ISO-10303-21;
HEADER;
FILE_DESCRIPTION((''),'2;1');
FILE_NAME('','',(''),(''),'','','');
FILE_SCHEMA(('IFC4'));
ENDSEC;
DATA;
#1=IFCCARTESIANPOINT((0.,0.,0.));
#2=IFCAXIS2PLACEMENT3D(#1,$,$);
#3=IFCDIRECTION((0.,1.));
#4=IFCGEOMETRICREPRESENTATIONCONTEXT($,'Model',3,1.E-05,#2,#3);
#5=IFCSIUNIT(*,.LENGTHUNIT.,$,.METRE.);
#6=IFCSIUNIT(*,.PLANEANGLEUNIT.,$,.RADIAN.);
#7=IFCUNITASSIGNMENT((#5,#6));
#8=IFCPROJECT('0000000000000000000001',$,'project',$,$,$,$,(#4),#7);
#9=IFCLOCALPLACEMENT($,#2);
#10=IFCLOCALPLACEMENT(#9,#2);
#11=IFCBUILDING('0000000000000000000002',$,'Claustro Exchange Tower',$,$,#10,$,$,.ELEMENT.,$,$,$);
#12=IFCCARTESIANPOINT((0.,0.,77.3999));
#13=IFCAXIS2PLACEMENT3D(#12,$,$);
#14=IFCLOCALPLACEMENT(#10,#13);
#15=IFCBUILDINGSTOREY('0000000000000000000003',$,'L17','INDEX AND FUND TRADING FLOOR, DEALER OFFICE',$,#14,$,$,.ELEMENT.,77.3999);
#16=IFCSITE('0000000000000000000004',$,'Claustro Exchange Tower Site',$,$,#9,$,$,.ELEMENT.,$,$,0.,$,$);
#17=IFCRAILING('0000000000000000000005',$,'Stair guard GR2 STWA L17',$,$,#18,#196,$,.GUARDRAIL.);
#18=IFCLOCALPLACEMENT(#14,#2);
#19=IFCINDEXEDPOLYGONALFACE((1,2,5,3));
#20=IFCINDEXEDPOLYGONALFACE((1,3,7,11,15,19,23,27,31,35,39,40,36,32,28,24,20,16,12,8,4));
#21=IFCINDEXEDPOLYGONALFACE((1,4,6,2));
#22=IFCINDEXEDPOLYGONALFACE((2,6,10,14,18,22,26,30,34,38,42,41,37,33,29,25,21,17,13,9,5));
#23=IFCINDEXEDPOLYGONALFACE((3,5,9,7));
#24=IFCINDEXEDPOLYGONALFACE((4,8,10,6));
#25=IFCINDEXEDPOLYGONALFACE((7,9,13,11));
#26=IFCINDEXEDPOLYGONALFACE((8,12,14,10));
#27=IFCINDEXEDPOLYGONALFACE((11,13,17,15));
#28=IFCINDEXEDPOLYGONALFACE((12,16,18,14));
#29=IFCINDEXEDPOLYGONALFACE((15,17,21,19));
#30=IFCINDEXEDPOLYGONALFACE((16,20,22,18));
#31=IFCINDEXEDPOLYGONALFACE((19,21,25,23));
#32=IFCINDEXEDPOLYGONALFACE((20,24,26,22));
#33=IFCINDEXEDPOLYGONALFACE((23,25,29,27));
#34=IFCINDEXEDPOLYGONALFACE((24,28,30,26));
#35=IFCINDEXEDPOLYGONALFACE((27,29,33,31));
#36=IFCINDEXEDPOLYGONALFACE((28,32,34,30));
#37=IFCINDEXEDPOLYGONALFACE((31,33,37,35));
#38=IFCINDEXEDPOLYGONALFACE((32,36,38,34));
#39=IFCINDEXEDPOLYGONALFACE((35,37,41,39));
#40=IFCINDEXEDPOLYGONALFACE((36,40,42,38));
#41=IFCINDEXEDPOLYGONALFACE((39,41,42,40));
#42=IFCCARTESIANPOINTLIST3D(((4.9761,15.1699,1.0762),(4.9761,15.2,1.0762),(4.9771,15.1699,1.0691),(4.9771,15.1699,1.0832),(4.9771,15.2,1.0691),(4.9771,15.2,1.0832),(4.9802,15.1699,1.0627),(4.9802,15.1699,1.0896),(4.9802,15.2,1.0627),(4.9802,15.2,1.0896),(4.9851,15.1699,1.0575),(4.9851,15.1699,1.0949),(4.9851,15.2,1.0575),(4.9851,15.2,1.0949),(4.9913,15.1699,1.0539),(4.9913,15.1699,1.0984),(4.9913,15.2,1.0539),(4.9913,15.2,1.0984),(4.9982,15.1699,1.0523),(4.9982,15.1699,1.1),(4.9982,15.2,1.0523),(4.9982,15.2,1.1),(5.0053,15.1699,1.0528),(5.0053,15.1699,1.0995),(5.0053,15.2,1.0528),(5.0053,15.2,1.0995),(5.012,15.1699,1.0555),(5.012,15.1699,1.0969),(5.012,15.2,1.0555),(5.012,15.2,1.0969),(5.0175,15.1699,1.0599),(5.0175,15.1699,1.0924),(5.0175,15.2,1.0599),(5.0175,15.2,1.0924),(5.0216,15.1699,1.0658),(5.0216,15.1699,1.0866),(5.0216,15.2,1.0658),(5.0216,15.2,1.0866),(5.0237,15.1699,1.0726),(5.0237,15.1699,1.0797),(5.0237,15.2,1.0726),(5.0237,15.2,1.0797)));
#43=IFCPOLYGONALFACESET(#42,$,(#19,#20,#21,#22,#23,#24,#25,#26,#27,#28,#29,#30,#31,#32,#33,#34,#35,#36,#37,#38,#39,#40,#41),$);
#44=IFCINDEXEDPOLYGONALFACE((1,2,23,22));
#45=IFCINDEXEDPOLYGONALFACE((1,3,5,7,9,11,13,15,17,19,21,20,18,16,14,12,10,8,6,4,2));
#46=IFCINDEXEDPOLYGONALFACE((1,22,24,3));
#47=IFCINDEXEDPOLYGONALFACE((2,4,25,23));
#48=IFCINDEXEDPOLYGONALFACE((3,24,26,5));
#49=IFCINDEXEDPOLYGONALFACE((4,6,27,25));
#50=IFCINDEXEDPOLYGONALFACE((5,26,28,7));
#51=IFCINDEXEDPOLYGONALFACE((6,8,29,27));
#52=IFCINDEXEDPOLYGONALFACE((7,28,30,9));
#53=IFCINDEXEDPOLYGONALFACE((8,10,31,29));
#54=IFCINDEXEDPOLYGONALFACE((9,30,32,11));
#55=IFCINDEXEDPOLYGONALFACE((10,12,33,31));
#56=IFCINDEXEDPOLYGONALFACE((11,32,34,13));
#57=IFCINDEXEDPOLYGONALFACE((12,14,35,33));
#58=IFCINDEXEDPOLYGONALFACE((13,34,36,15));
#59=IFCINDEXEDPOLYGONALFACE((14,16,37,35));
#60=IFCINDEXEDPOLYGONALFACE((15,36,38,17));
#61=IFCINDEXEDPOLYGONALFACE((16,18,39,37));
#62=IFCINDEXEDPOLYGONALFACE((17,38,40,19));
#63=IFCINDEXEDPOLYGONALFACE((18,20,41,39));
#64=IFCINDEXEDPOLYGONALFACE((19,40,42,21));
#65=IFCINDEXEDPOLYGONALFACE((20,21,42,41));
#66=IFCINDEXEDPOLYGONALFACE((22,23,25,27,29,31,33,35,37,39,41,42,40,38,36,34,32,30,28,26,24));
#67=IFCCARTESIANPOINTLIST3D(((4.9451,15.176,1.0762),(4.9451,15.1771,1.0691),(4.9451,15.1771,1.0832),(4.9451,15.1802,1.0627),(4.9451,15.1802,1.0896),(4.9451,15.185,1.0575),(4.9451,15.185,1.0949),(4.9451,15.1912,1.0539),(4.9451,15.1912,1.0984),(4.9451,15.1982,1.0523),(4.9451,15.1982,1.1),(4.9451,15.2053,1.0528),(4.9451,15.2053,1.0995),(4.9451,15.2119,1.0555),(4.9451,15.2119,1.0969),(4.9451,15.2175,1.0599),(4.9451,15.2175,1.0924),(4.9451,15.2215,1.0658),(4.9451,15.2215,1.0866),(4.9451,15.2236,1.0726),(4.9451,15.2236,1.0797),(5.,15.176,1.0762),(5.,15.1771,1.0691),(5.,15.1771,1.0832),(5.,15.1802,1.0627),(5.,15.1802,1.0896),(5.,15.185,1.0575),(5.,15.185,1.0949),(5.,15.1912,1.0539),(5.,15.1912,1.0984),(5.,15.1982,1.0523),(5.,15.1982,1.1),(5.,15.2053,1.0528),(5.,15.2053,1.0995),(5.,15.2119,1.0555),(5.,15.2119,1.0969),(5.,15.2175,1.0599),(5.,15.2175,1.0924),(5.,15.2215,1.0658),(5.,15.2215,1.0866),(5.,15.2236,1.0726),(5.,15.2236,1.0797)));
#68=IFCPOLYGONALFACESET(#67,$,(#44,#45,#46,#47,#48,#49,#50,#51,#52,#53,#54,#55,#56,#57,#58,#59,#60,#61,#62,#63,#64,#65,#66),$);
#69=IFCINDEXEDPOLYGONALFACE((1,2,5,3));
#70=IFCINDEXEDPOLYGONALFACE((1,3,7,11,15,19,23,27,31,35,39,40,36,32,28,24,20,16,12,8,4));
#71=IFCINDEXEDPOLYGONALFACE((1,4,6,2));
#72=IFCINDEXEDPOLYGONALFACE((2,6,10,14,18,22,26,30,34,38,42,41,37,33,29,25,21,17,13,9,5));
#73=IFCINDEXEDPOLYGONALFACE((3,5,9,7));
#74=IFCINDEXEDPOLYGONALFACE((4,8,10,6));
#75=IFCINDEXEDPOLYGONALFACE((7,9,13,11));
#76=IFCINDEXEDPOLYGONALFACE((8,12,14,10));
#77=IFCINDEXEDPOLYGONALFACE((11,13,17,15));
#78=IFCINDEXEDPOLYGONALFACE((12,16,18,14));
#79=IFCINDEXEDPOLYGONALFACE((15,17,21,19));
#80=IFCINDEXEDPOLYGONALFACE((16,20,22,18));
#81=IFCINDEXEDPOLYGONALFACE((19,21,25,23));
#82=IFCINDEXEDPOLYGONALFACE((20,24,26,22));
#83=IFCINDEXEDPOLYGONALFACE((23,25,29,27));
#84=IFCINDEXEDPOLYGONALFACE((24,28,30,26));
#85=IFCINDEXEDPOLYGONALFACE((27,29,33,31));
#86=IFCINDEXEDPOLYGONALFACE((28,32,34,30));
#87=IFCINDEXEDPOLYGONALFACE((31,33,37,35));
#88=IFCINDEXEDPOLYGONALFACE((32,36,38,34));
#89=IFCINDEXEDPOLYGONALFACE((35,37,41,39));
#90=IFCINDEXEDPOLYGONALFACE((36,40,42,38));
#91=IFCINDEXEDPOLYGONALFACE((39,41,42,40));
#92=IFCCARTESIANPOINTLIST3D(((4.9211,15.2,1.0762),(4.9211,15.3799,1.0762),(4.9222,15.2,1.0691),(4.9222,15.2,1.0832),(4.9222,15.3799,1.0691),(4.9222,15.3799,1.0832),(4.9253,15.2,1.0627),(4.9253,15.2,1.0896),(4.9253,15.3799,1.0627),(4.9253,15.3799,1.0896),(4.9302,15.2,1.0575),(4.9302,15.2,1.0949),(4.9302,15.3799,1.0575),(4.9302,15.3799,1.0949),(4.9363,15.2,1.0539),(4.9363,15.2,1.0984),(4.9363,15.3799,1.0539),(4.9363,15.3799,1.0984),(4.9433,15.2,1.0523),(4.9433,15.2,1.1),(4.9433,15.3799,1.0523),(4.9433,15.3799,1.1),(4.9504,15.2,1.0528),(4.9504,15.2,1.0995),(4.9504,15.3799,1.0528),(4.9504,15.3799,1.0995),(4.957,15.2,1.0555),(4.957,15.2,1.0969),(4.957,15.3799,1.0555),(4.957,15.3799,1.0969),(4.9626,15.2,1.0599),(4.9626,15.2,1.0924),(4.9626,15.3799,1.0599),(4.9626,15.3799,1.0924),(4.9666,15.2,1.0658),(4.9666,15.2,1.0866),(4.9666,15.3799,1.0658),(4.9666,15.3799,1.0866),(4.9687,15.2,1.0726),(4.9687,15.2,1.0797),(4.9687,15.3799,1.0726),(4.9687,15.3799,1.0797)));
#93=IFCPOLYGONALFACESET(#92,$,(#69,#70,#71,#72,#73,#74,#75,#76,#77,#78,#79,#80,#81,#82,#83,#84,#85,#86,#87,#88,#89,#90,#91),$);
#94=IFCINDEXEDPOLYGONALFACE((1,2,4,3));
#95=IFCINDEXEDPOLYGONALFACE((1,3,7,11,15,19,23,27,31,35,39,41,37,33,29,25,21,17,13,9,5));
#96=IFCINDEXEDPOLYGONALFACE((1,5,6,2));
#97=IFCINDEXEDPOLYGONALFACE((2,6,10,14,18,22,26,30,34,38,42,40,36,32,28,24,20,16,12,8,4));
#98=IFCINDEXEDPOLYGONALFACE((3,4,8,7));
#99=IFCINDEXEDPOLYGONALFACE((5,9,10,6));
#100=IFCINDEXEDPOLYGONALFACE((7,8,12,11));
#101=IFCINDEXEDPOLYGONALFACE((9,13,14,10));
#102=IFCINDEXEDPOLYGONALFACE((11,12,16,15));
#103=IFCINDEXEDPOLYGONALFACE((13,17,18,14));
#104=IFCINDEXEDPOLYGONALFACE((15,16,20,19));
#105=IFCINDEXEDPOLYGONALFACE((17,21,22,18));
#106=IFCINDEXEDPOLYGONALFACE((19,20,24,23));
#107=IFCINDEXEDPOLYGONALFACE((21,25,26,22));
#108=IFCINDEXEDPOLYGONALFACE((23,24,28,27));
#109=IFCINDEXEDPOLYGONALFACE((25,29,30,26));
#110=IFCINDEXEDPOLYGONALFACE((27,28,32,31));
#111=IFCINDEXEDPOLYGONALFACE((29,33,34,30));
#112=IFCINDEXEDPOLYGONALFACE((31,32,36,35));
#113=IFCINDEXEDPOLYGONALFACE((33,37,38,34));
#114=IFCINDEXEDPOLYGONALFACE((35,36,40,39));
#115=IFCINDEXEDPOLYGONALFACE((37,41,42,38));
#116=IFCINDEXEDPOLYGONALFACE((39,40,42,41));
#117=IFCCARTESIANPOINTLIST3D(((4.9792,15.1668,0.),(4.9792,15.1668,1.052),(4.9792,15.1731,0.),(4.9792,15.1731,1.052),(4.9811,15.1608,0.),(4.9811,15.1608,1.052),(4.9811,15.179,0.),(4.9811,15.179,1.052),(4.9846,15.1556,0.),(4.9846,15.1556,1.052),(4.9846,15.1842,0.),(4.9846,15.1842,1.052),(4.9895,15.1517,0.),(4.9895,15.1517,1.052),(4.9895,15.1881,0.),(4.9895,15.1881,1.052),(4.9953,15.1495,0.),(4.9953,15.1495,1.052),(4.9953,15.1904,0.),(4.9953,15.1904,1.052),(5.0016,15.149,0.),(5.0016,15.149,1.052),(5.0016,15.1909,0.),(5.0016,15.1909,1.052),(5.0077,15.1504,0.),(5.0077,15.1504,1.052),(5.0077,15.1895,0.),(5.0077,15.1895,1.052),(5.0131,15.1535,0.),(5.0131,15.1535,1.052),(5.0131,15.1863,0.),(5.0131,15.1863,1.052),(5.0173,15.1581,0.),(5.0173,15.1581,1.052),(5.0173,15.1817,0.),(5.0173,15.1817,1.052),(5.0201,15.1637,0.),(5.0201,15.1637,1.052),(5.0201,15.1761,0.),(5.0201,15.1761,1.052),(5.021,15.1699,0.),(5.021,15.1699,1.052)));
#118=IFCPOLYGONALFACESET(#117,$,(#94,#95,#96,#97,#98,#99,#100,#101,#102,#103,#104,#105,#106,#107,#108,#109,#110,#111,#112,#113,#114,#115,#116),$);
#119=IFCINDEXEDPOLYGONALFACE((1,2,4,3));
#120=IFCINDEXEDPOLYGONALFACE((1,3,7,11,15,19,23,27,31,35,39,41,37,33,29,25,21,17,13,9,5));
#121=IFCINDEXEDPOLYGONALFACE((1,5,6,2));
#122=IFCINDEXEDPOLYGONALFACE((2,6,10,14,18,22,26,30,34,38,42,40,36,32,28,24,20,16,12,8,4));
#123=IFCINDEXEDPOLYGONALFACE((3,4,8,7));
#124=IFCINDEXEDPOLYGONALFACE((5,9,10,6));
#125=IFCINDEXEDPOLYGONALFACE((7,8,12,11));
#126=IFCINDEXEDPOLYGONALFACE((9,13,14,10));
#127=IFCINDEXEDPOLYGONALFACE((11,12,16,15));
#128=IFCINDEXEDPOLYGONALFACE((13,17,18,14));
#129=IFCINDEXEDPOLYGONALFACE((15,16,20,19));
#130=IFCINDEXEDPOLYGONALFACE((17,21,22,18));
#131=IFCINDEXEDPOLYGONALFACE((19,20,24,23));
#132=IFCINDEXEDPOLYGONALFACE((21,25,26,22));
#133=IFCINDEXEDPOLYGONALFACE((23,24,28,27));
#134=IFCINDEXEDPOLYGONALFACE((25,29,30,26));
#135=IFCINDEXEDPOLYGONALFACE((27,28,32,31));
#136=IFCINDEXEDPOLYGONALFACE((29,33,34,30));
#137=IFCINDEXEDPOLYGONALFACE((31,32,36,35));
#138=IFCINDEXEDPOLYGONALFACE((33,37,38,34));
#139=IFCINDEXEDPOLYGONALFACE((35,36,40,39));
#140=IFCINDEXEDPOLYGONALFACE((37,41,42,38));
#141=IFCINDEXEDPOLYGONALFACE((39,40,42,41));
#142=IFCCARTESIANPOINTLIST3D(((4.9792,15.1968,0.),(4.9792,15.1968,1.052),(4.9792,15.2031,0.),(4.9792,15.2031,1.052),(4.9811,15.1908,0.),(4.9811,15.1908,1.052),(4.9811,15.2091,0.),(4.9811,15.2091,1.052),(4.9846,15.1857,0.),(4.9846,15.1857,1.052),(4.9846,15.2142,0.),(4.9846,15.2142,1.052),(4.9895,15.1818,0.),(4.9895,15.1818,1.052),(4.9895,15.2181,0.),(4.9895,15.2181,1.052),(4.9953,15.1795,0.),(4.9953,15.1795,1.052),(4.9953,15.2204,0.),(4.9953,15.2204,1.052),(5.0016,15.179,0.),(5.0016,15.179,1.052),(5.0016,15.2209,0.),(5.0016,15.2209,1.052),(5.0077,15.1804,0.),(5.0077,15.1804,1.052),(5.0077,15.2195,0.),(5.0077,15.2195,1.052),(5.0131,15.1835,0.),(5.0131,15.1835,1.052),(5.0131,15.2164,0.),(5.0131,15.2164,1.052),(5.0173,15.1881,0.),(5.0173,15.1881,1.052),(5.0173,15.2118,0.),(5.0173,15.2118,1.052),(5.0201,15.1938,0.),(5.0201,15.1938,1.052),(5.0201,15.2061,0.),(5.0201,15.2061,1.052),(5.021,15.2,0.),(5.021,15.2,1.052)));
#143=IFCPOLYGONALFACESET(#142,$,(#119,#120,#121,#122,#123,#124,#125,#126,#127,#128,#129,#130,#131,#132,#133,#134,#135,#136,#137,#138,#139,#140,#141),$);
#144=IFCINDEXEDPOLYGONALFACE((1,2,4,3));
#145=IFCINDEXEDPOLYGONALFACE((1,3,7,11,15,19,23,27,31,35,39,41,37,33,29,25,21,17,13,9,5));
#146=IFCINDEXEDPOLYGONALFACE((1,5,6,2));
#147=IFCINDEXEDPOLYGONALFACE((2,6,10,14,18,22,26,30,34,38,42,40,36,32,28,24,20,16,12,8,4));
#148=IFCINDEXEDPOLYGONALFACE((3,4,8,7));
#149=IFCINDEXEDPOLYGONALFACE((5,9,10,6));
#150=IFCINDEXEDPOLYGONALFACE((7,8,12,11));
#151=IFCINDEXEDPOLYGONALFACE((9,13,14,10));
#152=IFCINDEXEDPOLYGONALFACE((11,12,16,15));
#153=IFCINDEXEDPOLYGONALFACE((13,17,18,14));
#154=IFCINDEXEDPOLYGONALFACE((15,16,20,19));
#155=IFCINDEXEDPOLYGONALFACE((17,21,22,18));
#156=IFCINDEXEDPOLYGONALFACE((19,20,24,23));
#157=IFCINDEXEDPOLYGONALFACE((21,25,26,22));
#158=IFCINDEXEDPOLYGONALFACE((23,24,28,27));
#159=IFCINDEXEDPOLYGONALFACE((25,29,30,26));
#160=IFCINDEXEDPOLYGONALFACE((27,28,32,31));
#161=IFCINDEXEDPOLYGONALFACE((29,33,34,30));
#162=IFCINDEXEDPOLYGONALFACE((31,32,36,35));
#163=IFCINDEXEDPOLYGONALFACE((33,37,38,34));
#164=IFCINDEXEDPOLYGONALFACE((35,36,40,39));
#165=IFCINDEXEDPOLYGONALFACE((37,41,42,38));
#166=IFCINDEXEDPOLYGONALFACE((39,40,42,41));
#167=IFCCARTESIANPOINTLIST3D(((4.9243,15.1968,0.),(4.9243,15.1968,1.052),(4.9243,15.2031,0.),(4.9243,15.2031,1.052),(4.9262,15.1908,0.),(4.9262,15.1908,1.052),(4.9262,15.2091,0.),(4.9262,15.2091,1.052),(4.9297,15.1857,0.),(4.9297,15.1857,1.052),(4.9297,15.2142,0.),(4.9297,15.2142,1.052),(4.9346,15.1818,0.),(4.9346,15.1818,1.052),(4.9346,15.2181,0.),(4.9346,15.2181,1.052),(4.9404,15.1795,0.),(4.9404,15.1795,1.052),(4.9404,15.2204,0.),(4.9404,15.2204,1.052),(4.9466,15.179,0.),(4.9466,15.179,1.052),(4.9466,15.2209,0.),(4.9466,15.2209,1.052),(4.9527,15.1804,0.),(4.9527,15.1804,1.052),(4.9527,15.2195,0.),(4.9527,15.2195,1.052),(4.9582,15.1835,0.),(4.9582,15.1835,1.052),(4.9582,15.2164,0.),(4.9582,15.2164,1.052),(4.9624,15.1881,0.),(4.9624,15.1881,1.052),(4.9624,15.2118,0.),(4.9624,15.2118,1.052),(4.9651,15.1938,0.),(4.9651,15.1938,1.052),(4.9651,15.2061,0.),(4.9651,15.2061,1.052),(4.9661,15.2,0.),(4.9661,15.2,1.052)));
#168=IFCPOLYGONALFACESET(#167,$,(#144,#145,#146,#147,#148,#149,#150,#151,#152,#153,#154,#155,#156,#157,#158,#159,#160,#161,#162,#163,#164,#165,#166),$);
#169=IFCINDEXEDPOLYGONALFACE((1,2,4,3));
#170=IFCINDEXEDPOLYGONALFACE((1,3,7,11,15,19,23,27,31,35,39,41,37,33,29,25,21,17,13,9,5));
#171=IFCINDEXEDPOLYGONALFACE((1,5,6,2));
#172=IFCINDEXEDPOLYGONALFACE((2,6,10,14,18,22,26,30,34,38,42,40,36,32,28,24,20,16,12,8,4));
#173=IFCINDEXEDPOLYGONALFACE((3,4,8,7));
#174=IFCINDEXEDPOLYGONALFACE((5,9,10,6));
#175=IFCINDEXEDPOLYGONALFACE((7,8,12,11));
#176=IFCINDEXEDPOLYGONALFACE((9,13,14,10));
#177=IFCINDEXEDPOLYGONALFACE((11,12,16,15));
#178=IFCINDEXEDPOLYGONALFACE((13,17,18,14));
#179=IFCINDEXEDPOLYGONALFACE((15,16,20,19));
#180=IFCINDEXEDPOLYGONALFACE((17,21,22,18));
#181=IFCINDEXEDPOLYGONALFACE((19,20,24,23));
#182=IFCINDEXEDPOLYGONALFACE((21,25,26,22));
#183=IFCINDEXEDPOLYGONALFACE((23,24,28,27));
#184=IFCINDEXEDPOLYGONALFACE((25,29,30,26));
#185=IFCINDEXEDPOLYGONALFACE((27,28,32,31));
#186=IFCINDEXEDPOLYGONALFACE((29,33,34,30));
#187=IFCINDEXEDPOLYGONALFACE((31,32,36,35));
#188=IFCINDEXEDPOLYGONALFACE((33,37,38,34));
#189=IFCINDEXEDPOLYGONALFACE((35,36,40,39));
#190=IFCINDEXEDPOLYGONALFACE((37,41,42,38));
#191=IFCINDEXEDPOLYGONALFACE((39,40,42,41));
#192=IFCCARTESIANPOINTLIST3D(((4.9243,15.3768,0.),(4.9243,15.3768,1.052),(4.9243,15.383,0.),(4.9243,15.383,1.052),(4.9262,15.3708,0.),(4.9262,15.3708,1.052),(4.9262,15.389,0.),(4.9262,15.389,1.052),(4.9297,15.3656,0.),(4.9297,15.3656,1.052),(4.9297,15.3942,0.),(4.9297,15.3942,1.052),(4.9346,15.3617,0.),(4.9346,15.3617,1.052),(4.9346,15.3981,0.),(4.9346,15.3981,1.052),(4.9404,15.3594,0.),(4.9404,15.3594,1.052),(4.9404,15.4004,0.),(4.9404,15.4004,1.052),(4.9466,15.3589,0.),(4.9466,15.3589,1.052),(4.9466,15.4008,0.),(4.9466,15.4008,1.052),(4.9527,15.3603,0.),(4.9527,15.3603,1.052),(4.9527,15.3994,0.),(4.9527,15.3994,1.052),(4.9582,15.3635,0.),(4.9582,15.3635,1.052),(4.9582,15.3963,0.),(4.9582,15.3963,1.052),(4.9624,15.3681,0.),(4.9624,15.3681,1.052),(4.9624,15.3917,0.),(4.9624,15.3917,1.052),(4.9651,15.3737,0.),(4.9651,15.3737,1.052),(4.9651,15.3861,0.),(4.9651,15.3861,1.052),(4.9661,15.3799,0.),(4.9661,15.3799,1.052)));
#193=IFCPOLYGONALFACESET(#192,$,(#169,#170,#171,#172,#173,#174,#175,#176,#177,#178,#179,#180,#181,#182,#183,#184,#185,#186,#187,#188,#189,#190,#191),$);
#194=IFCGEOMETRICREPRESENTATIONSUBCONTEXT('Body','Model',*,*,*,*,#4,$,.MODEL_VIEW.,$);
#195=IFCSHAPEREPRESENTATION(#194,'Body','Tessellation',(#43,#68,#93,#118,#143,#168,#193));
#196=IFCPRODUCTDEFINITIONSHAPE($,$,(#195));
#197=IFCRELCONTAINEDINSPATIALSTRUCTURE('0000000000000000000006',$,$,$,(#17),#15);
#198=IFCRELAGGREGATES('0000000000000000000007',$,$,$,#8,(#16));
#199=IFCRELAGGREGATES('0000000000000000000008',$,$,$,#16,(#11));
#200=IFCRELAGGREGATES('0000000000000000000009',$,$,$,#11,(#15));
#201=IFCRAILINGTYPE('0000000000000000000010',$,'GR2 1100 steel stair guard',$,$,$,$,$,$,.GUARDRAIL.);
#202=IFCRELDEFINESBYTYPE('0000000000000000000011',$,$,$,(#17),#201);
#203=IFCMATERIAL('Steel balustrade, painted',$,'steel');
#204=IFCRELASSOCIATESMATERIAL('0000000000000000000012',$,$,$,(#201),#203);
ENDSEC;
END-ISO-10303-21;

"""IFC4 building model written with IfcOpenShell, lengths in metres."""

from ifc_helpers import new_model, si_unit, direction, frame, origin, origin_2d, place, context, subcontext, project, spatial, circle, extrude, material, type_object, element, save


model = new_model("IFC4")

# Units and contexts
model_context = context("Model", 3, precision=1e-05, world=origin(), true_north=direction((0.0, 1.0)))
body_context = subcontext(model_context, "Body", "Model", "MODEL_VIEW")
ifc_project = project(units=[si_unit("LENGTHUNIT", "METRE"), si_unit("PLANEANGLEUNIT", "RADIAN")], contexts=[model_context])

# Site, building, storey
site_placement = place(None, origin())
site = spatial("IfcSite", under=ifc_project, at=site_placement, Name="Claustro Exchange Tower Site", CompositionType="ELEMENT", RefElevation=0.0)
building_placement = place(site_placement, origin())
building = spatial("IfcBuilding", under=site, at=building_placement, Name="Claustro Exchange Tower", CompositionType="ELEMENT")
storey_placement = place(building_placement, frame((0.0, 0.0, 77.3999)))
storey = spatial("IfcBuildingStorey", under=building, at=storey_placement, Name="L17", Description="INDEX AND FUND TRADING FLOOR, DEALER OFFICE", CompositionType="ELEMENT", Elevation=77.3999)

# Railing
ifc_material_1 = material(Name="Steel balustrade, painted", Category="steel")
railing_type_1 = type_object("IfcRailingType", Name="GR2 1100 steel stair guard", PredefinedType="GUARDRAIL", material=ifc_material_1)
railing_1_placement = place(storey_placement, frame((5.0, 15.1699, 0.0)))
element("IfcRailing", 1, at=railing_1_placement, inside=storey, type_object=railing_type_1, Name="Stair guard GR2 STWA L17", PredefinedType="GUARDRAIL", context=body_context, shape_type="SweptSolid", body=[
    extrude(circle(Radius=0.0239, at=origin_2d()), frame((0.0, 0.0, 1.0762), z_axis=(0.0, 1.0, 0.0), x_axis=(-1.0, 0.0, 0.0)), (0.0, 0.0, 1.0), 0.03),
    extrude(circle(Radius=0.0239, at=origin_2d()), frame((0.0, 0.03, 1.0762), z_axis=(-1.0, 0.0, 0.0), x_axis=(0.0, -1.0, 0.0)), (0.0, 0.0, 1.0), 0.0549),
    extrude(circle(Radius=0.0239, at=origin_2d()), frame((-0.0549, 0.03, 1.0762), z_axis=(0.0, 1.0, 0.0), x_axis=(-1.0, 0.0, 0.0)), (0.0, 0.0, 1.0), 0.1799),
    extrude(circle(Radius=0.021, at=origin_2d()), origin(), (0.0, 0.0, 1.0), 1.052),
    extrude(circle(Radius=0.021, at=origin_2d()), frame((0.0, 0.03, 0.0)), (0.0, 0.0, 1.0), 1.052),
    extrude(circle(Radius=0.021, at=origin_2d()), frame((-0.0549, 0.03, 0.0)), (0.0, 0.0, 1.0), 1.052),
    extrude(circle(Radius=0.021, at=origin_2d()), frame((-0.0549, 0.21, 0.0)), (0.0, 0.0, 1.0), 1.052),
])

save(model, "model.ifc")
